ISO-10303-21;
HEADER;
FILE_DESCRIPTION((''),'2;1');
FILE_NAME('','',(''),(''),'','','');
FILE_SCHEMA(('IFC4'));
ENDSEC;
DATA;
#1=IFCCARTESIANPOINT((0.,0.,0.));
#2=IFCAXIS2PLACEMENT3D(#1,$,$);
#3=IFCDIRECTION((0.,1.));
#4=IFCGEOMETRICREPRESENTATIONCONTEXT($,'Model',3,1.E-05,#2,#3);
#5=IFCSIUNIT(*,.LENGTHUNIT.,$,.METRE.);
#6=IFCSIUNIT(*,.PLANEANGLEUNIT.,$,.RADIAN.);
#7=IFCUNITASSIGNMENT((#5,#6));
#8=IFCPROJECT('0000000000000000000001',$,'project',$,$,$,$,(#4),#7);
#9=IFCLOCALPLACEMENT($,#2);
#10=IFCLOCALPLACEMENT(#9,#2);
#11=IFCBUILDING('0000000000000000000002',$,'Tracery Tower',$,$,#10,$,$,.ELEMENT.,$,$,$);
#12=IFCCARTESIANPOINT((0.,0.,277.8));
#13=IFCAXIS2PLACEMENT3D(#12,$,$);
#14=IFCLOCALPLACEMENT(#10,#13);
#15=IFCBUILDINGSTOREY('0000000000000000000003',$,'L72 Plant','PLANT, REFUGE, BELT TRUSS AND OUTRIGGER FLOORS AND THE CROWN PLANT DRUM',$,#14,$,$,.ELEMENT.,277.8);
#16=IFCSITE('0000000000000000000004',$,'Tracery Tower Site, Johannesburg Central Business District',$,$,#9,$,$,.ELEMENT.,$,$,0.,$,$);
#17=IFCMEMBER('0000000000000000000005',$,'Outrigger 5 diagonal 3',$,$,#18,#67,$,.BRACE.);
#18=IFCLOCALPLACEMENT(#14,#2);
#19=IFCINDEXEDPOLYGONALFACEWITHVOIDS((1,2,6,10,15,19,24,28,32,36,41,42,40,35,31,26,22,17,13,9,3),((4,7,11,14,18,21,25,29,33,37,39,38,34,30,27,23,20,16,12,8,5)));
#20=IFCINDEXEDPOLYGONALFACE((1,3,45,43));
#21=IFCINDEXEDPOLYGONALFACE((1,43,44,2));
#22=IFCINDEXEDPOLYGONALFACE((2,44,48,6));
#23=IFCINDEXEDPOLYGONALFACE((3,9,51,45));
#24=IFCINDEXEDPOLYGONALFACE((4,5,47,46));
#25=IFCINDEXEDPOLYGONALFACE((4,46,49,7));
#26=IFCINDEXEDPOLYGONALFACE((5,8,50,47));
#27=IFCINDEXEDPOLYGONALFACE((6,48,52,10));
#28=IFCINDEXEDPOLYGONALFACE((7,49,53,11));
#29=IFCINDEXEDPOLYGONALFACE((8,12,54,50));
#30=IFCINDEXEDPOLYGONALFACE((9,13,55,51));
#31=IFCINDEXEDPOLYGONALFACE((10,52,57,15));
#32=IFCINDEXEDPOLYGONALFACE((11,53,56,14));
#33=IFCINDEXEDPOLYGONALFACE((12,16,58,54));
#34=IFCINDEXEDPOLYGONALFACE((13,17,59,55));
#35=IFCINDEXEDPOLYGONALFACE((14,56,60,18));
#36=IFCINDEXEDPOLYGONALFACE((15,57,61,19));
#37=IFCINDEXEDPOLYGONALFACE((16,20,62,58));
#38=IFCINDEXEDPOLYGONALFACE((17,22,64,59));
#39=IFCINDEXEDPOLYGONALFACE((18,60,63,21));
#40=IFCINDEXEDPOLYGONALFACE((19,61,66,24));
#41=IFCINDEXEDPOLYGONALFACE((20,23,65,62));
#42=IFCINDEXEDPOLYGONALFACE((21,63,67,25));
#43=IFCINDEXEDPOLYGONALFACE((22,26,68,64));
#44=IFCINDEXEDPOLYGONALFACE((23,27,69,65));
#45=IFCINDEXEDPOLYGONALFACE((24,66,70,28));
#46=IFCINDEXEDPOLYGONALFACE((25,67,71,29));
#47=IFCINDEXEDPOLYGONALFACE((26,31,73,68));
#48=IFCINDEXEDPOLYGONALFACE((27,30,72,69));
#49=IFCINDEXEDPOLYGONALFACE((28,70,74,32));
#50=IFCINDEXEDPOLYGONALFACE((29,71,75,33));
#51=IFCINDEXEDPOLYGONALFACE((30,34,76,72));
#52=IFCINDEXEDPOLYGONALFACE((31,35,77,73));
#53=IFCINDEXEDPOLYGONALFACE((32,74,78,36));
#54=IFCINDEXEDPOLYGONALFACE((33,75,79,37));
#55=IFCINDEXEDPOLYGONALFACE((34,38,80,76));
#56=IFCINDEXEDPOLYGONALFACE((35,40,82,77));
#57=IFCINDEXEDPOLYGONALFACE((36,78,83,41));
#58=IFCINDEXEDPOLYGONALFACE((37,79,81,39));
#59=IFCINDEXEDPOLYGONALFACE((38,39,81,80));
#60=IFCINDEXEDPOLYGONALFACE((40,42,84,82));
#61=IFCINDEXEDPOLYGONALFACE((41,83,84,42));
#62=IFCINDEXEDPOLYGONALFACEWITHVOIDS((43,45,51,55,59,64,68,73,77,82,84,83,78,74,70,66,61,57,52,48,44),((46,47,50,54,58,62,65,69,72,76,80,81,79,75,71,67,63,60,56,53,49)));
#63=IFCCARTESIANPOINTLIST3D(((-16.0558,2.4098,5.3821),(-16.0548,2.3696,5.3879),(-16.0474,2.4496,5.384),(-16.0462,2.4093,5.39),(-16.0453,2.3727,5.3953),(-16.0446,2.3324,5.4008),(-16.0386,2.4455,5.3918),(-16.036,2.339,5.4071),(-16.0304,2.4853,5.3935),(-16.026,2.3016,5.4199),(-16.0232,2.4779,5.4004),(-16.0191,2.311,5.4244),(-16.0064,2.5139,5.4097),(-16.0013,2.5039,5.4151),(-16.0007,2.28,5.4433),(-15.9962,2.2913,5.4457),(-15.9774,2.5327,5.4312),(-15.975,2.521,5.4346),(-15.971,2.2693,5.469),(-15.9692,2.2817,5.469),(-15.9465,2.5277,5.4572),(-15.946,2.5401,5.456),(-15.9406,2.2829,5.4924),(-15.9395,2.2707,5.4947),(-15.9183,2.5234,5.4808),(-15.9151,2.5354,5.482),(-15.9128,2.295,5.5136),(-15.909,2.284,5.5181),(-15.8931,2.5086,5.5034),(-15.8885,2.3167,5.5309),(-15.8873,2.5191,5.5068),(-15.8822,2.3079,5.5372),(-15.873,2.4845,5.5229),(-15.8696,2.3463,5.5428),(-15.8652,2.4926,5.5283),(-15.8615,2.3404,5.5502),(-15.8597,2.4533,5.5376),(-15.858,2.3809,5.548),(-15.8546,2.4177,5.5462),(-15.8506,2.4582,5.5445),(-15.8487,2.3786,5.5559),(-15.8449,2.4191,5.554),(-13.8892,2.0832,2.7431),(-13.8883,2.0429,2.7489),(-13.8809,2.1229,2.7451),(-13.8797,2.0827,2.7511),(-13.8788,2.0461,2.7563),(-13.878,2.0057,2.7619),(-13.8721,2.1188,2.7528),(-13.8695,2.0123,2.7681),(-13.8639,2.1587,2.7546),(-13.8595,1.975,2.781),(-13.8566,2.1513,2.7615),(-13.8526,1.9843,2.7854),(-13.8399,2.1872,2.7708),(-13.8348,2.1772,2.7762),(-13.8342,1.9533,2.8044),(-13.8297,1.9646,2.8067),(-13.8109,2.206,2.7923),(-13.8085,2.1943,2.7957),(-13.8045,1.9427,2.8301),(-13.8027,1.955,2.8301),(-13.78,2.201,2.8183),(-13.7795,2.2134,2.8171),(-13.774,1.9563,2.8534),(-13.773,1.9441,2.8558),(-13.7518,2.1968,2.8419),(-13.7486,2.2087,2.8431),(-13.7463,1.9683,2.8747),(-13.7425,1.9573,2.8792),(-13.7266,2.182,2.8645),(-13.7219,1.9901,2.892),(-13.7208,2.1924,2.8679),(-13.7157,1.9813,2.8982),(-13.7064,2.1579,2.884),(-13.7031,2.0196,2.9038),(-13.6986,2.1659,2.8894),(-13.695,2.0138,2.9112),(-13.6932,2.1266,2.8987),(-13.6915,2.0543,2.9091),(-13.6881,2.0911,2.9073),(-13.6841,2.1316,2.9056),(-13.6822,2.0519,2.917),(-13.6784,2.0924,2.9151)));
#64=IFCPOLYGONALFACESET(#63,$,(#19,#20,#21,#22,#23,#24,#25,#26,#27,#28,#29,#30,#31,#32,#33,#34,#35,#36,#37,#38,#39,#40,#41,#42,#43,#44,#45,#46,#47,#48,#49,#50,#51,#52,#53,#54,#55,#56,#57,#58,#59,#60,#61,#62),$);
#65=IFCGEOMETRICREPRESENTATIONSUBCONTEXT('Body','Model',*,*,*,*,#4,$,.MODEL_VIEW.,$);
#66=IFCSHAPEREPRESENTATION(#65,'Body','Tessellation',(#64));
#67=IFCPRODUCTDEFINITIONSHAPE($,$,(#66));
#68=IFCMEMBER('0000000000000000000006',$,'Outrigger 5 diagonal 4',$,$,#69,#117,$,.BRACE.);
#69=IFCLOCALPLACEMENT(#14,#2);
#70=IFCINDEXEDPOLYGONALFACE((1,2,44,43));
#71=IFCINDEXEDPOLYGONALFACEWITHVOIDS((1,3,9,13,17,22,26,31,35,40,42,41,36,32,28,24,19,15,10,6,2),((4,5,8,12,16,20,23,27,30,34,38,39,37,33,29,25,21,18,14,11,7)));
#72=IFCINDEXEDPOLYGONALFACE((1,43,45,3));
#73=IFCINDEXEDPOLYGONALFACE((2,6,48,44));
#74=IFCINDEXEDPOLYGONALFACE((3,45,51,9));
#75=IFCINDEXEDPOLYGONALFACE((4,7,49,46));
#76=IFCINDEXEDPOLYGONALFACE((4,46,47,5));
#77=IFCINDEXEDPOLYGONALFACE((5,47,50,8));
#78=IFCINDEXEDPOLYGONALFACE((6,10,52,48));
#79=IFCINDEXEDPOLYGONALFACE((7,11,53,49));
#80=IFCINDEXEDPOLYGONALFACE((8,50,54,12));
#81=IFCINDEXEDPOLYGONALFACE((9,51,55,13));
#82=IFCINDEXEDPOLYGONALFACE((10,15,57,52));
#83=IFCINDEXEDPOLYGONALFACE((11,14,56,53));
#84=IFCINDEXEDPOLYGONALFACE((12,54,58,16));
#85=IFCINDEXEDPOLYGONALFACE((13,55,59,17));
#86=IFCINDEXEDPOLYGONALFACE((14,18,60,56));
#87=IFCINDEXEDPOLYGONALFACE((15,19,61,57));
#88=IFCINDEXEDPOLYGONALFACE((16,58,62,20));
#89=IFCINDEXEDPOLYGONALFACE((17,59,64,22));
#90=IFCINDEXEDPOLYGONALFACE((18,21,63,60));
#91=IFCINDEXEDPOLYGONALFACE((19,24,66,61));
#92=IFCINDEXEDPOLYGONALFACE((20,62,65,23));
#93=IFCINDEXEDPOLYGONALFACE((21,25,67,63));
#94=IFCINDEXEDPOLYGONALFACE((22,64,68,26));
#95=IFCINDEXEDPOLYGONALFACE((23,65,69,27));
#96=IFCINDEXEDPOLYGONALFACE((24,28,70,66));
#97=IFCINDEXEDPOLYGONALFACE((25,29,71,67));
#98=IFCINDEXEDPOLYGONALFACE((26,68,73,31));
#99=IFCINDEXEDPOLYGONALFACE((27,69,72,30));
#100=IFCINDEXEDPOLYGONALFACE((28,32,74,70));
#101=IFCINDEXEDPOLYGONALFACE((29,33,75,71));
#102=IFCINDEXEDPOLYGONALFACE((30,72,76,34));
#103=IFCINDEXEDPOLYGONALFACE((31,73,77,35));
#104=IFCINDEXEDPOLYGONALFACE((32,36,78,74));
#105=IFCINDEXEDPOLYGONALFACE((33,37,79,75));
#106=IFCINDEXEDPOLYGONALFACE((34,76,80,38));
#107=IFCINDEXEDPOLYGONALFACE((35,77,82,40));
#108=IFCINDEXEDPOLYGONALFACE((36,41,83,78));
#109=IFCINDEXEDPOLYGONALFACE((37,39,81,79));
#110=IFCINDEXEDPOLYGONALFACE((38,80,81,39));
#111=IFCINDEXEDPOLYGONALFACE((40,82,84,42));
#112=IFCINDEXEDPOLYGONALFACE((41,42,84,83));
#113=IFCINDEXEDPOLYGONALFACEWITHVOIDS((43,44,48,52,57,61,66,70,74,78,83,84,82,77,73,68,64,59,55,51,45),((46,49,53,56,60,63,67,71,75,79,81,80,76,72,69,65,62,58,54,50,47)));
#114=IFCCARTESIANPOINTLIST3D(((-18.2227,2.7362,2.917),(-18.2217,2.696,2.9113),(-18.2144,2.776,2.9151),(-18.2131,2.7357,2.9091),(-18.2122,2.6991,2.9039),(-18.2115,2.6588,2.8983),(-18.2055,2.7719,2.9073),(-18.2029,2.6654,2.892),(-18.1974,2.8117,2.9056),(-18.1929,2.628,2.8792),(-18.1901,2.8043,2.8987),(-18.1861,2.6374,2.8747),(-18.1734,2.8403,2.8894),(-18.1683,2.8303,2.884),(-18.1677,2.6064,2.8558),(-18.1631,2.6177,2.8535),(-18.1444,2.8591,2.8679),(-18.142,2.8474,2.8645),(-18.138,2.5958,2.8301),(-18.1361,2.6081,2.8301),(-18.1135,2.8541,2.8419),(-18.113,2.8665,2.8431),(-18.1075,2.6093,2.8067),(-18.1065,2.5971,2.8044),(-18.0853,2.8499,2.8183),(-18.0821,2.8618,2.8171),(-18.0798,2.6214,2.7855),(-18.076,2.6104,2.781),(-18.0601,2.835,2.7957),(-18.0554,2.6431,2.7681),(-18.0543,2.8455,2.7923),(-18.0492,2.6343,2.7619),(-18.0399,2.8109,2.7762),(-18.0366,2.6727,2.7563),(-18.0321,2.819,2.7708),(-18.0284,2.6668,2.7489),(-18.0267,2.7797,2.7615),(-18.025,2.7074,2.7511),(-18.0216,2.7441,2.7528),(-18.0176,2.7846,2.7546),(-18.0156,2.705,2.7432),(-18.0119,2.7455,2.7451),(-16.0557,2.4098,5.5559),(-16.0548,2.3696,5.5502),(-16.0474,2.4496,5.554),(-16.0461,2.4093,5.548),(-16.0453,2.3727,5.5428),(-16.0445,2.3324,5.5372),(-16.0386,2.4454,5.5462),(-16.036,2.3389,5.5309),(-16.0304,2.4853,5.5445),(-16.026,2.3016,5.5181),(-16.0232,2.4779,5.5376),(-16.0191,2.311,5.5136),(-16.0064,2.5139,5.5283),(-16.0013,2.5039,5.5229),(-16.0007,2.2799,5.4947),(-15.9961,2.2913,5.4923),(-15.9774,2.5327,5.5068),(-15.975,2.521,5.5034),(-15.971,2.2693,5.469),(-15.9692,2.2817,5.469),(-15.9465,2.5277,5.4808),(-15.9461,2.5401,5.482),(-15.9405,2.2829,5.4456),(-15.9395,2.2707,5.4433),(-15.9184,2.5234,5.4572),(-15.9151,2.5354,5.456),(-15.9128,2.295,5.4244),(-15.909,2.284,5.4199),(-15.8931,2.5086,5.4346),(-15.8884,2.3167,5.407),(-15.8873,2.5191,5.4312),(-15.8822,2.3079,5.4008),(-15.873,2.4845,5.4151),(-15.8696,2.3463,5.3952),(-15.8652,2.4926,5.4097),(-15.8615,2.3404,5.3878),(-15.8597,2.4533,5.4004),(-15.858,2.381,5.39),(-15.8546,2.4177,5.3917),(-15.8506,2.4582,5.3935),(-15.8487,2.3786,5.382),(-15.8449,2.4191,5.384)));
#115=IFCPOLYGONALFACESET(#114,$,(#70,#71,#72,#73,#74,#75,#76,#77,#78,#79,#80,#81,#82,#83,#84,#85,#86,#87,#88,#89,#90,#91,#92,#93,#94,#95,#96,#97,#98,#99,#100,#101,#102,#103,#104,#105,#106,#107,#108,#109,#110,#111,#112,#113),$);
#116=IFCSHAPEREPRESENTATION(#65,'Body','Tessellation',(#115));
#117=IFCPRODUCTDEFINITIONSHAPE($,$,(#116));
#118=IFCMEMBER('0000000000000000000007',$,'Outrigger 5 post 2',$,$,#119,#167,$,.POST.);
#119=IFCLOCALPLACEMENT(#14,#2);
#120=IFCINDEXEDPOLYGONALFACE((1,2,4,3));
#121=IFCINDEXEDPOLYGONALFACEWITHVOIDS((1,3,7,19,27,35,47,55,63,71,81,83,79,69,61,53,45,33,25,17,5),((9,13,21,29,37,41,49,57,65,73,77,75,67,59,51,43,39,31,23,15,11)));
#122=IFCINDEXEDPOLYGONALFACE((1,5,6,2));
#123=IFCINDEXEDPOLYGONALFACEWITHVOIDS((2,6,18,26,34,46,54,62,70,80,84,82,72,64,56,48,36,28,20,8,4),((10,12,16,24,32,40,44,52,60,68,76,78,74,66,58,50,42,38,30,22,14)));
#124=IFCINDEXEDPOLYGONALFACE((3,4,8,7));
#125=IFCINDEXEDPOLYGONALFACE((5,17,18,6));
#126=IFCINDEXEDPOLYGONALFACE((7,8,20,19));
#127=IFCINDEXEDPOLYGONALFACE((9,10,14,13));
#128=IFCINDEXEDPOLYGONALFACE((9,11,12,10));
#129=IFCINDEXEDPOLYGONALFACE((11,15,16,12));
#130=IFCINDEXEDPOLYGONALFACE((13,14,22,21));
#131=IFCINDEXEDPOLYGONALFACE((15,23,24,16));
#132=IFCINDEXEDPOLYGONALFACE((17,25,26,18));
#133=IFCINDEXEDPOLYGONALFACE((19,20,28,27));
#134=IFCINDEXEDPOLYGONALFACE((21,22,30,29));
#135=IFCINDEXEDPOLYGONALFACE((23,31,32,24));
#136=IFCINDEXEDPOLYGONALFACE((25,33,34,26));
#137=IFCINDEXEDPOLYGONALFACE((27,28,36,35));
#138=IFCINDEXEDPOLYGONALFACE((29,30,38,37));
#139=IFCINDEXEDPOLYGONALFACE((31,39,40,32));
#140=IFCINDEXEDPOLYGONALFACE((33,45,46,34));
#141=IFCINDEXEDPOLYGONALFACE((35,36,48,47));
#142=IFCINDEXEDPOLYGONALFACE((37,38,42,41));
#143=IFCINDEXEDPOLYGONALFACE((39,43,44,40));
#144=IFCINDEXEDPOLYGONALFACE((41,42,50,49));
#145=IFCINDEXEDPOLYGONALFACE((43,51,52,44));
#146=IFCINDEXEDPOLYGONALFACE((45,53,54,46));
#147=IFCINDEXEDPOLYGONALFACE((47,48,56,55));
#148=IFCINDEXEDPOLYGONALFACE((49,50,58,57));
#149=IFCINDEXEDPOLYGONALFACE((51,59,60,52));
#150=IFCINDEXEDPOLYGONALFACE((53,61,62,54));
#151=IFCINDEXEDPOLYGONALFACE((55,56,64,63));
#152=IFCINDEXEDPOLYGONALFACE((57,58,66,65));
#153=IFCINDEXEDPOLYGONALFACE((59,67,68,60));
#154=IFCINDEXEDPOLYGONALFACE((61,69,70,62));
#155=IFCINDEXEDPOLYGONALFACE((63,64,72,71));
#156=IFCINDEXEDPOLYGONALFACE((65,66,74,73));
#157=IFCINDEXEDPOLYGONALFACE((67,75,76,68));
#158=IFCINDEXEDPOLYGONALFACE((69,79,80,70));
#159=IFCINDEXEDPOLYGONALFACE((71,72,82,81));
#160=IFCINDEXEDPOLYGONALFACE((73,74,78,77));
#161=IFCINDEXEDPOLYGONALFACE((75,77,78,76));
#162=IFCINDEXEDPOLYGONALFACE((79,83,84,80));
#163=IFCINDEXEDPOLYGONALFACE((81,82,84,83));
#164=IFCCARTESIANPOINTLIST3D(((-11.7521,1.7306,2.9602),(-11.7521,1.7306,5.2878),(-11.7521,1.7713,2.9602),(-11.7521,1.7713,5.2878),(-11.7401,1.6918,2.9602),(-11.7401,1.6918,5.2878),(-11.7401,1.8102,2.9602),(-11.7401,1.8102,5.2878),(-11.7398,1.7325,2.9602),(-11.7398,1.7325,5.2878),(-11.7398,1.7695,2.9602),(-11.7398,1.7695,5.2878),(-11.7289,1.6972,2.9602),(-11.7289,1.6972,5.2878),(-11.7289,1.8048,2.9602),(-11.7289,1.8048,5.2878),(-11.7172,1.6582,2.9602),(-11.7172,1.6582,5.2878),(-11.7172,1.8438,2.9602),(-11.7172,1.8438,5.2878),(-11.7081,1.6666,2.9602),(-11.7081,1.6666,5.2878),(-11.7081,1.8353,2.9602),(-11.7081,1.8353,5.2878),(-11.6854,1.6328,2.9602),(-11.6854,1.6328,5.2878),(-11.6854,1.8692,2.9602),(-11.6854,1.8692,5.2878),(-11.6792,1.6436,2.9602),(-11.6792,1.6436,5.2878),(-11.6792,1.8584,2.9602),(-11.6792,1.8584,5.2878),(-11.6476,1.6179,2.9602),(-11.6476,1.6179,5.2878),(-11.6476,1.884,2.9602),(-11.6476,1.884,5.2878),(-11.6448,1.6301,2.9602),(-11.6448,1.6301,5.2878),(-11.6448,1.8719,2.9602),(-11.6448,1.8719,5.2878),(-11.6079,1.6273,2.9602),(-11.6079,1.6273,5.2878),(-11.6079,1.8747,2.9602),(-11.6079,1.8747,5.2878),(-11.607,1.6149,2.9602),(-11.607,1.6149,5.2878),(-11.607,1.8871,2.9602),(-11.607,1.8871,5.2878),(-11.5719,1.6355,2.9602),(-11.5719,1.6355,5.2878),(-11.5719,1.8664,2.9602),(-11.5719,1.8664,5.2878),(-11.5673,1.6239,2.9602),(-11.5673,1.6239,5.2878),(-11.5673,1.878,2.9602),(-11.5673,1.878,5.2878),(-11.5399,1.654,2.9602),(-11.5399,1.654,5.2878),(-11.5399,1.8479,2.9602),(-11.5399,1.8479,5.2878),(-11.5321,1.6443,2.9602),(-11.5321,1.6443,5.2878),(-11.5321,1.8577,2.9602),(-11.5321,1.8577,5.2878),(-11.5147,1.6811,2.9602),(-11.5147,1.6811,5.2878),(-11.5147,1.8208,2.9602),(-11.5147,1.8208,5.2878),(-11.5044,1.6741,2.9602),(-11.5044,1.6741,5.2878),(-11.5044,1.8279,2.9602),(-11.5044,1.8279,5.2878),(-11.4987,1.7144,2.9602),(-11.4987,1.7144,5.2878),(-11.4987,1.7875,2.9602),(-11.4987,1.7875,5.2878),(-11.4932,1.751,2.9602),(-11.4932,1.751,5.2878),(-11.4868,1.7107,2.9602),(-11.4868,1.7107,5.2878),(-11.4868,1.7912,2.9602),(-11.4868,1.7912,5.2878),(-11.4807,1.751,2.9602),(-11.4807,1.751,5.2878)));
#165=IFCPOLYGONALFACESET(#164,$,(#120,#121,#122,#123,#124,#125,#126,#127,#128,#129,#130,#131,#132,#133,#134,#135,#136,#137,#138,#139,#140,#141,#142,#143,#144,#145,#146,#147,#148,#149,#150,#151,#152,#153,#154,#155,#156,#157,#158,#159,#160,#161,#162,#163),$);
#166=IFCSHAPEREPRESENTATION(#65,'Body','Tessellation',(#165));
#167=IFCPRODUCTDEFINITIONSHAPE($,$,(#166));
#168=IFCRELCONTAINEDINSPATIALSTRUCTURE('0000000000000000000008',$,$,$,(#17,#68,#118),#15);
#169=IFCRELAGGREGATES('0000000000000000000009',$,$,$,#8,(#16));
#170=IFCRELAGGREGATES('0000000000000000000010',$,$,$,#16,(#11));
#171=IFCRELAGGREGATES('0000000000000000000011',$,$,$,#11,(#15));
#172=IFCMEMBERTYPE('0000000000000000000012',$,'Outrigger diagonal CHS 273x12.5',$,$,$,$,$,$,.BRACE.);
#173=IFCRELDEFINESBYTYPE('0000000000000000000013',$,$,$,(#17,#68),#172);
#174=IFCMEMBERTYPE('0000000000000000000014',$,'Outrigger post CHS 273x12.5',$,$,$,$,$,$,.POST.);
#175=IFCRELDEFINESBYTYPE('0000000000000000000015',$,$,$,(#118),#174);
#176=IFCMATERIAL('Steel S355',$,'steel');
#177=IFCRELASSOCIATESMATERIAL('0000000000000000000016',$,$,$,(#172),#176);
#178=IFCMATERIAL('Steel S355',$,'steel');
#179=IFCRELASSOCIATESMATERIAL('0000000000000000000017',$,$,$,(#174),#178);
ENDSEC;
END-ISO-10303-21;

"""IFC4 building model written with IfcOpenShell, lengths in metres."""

from ifc_helpers import new_model, si_unit, direction, frame, origin, origin_2d, place, context, subcontext, project, spatial, hollow_circle, extrude, material, material_profile, profile_set, type_object, element, save


model = new_model("IFC4")

# Units and contexts
model_context = context("Model", 3, precision=1e-05, world=origin(), true_north=direction((0.0, 1.0)))
body_context = subcontext(model_context, "Body", "Model", "MODEL_VIEW")
ifc_project = project(units=[si_unit("LENGTHUNIT", "METRE"), si_unit("PLANEANGLEUNIT", "RADIAN")], contexts=[model_context])

# Site, building, storey
site_placement = place(None, origin())
site = spatial("IfcSite", under=ifc_project, at=site_placement, Name="Tracery Tower Site, Johannesburg Central Business District", CompositionType="ELEMENT", RefElevation=0.0)
building_placement = place(site_placement, origin())
building = spatial("IfcBuilding", under=site, at=building_placement, Name="Tracery Tower", CompositionType="ELEMENT")
storey_placement = place(building_placement, frame((0.0, 0.0, 277.8)))
storey = spatial("IfcBuildingStorey", under=building, at=storey_placement, Name="L72 Plant", Description="PLANT, REFUGE, BELT TRUSS AND OUTRIGGER FLOORS AND THE CROWN PLANT DRUM", CompositionType="ELEMENT", Elevation=277.8)

# Members
ifc_material_1 = material(Name="Steel S355", Category="steel")
ifc_material_profile_1 = material_profile(ifc_material_1, hollow_circle(Radius=0.1365, WallThickness=0.0125, at=origin_2d()), Name="CHS 273x12.5")
ifc_profile_set_1 = profile_set([ifc_material_profile_1], Name="Steel S355")
member_type_1 = type_object("IfcMemberType", Name="Outrigger diagonal CHS 273x12.5", PredefinedType="BRACE", material=ifc_profile_set_1)
member_1_placement = place(storey_placement, frame((-13.7842, 2.0776, 2.8301), z_axis=(-0.631649, 0.095239, 0.769382), x_axis=(-0.149092, -0.988823, 0.0)))
element("IfcMember", 1, at=member_1_placement, inside=storey, type_object=member_type_1, Name="Outrigger 5 diagonal 3", PredefinedType="BRACE", context=body_context, shape_type="SweptSolid", body=[
    extrude(hollow_circle(Radius=0.1365, WallThickness=0.0125, at=origin_2d()), origin(), (0.0, 0.0, 1.0), 3.4299),
])
member_2_placement = place(storey_placement, frame((-15.9507, 2.4043, 5.469), z_axis=(-0.631739, 0.095159, -0.769318), x_axis=(-0.148951, -0.988845, 0.0)))
element("IfcMember", 2, at=member_2_placement, inside=storey, type_object=member_type_1, Name="Outrigger 5 diagonal 4", PredefinedType="BRACE", context=body_context, shape_type="SweptSolid", body=[
    extrude(hollow_circle(Radius=0.1365, WallThickness=0.0125, at=origin_2d()), origin(), (0.0, 0.0, 1.0), 3.4302),
])
ifc_material_2 = material(Name="Steel S355", Category="steel")
ifc_material_profile_2 = material_profile(ifc_material_2, hollow_circle(Radius=0.1365, WallThickness=0.0125, at=origin_2d()), Name="CHS 273x12.5")
ifc_profile_set_2 = profile_set([ifc_material_profile_2], Name="Steel S355")
member_type_2 = type_object("IfcMemberType", Name="Outrigger post CHS 273x12.5", PredefinedType="POST", material=ifc_profile_set_2)
for number, where, z_axis, x_axis, name in (
    (3, (-11.6172, 1.751, 2.9602), (0.0, 0.0, 1.0), (1.0, 0.0, 0.0), "Outrigger 5 post 2"),
):
    element("IfcMember", number, at=place(storey_placement, frame(where, z_axis=z_axis, x_axis=x_axis)), inside=storey, type_object=member_type_2, Name=name, PredefinedType="POST", context=body_context, shape_type="SweptSolid", body=[
        extrude(hollow_circle(Radius=0.1365, WallThickness=0.0125, at=origin_2d()), origin(), (0.0, 0.0, 1.0), 2.3276),
    ])

save(model, "model.ifc")
